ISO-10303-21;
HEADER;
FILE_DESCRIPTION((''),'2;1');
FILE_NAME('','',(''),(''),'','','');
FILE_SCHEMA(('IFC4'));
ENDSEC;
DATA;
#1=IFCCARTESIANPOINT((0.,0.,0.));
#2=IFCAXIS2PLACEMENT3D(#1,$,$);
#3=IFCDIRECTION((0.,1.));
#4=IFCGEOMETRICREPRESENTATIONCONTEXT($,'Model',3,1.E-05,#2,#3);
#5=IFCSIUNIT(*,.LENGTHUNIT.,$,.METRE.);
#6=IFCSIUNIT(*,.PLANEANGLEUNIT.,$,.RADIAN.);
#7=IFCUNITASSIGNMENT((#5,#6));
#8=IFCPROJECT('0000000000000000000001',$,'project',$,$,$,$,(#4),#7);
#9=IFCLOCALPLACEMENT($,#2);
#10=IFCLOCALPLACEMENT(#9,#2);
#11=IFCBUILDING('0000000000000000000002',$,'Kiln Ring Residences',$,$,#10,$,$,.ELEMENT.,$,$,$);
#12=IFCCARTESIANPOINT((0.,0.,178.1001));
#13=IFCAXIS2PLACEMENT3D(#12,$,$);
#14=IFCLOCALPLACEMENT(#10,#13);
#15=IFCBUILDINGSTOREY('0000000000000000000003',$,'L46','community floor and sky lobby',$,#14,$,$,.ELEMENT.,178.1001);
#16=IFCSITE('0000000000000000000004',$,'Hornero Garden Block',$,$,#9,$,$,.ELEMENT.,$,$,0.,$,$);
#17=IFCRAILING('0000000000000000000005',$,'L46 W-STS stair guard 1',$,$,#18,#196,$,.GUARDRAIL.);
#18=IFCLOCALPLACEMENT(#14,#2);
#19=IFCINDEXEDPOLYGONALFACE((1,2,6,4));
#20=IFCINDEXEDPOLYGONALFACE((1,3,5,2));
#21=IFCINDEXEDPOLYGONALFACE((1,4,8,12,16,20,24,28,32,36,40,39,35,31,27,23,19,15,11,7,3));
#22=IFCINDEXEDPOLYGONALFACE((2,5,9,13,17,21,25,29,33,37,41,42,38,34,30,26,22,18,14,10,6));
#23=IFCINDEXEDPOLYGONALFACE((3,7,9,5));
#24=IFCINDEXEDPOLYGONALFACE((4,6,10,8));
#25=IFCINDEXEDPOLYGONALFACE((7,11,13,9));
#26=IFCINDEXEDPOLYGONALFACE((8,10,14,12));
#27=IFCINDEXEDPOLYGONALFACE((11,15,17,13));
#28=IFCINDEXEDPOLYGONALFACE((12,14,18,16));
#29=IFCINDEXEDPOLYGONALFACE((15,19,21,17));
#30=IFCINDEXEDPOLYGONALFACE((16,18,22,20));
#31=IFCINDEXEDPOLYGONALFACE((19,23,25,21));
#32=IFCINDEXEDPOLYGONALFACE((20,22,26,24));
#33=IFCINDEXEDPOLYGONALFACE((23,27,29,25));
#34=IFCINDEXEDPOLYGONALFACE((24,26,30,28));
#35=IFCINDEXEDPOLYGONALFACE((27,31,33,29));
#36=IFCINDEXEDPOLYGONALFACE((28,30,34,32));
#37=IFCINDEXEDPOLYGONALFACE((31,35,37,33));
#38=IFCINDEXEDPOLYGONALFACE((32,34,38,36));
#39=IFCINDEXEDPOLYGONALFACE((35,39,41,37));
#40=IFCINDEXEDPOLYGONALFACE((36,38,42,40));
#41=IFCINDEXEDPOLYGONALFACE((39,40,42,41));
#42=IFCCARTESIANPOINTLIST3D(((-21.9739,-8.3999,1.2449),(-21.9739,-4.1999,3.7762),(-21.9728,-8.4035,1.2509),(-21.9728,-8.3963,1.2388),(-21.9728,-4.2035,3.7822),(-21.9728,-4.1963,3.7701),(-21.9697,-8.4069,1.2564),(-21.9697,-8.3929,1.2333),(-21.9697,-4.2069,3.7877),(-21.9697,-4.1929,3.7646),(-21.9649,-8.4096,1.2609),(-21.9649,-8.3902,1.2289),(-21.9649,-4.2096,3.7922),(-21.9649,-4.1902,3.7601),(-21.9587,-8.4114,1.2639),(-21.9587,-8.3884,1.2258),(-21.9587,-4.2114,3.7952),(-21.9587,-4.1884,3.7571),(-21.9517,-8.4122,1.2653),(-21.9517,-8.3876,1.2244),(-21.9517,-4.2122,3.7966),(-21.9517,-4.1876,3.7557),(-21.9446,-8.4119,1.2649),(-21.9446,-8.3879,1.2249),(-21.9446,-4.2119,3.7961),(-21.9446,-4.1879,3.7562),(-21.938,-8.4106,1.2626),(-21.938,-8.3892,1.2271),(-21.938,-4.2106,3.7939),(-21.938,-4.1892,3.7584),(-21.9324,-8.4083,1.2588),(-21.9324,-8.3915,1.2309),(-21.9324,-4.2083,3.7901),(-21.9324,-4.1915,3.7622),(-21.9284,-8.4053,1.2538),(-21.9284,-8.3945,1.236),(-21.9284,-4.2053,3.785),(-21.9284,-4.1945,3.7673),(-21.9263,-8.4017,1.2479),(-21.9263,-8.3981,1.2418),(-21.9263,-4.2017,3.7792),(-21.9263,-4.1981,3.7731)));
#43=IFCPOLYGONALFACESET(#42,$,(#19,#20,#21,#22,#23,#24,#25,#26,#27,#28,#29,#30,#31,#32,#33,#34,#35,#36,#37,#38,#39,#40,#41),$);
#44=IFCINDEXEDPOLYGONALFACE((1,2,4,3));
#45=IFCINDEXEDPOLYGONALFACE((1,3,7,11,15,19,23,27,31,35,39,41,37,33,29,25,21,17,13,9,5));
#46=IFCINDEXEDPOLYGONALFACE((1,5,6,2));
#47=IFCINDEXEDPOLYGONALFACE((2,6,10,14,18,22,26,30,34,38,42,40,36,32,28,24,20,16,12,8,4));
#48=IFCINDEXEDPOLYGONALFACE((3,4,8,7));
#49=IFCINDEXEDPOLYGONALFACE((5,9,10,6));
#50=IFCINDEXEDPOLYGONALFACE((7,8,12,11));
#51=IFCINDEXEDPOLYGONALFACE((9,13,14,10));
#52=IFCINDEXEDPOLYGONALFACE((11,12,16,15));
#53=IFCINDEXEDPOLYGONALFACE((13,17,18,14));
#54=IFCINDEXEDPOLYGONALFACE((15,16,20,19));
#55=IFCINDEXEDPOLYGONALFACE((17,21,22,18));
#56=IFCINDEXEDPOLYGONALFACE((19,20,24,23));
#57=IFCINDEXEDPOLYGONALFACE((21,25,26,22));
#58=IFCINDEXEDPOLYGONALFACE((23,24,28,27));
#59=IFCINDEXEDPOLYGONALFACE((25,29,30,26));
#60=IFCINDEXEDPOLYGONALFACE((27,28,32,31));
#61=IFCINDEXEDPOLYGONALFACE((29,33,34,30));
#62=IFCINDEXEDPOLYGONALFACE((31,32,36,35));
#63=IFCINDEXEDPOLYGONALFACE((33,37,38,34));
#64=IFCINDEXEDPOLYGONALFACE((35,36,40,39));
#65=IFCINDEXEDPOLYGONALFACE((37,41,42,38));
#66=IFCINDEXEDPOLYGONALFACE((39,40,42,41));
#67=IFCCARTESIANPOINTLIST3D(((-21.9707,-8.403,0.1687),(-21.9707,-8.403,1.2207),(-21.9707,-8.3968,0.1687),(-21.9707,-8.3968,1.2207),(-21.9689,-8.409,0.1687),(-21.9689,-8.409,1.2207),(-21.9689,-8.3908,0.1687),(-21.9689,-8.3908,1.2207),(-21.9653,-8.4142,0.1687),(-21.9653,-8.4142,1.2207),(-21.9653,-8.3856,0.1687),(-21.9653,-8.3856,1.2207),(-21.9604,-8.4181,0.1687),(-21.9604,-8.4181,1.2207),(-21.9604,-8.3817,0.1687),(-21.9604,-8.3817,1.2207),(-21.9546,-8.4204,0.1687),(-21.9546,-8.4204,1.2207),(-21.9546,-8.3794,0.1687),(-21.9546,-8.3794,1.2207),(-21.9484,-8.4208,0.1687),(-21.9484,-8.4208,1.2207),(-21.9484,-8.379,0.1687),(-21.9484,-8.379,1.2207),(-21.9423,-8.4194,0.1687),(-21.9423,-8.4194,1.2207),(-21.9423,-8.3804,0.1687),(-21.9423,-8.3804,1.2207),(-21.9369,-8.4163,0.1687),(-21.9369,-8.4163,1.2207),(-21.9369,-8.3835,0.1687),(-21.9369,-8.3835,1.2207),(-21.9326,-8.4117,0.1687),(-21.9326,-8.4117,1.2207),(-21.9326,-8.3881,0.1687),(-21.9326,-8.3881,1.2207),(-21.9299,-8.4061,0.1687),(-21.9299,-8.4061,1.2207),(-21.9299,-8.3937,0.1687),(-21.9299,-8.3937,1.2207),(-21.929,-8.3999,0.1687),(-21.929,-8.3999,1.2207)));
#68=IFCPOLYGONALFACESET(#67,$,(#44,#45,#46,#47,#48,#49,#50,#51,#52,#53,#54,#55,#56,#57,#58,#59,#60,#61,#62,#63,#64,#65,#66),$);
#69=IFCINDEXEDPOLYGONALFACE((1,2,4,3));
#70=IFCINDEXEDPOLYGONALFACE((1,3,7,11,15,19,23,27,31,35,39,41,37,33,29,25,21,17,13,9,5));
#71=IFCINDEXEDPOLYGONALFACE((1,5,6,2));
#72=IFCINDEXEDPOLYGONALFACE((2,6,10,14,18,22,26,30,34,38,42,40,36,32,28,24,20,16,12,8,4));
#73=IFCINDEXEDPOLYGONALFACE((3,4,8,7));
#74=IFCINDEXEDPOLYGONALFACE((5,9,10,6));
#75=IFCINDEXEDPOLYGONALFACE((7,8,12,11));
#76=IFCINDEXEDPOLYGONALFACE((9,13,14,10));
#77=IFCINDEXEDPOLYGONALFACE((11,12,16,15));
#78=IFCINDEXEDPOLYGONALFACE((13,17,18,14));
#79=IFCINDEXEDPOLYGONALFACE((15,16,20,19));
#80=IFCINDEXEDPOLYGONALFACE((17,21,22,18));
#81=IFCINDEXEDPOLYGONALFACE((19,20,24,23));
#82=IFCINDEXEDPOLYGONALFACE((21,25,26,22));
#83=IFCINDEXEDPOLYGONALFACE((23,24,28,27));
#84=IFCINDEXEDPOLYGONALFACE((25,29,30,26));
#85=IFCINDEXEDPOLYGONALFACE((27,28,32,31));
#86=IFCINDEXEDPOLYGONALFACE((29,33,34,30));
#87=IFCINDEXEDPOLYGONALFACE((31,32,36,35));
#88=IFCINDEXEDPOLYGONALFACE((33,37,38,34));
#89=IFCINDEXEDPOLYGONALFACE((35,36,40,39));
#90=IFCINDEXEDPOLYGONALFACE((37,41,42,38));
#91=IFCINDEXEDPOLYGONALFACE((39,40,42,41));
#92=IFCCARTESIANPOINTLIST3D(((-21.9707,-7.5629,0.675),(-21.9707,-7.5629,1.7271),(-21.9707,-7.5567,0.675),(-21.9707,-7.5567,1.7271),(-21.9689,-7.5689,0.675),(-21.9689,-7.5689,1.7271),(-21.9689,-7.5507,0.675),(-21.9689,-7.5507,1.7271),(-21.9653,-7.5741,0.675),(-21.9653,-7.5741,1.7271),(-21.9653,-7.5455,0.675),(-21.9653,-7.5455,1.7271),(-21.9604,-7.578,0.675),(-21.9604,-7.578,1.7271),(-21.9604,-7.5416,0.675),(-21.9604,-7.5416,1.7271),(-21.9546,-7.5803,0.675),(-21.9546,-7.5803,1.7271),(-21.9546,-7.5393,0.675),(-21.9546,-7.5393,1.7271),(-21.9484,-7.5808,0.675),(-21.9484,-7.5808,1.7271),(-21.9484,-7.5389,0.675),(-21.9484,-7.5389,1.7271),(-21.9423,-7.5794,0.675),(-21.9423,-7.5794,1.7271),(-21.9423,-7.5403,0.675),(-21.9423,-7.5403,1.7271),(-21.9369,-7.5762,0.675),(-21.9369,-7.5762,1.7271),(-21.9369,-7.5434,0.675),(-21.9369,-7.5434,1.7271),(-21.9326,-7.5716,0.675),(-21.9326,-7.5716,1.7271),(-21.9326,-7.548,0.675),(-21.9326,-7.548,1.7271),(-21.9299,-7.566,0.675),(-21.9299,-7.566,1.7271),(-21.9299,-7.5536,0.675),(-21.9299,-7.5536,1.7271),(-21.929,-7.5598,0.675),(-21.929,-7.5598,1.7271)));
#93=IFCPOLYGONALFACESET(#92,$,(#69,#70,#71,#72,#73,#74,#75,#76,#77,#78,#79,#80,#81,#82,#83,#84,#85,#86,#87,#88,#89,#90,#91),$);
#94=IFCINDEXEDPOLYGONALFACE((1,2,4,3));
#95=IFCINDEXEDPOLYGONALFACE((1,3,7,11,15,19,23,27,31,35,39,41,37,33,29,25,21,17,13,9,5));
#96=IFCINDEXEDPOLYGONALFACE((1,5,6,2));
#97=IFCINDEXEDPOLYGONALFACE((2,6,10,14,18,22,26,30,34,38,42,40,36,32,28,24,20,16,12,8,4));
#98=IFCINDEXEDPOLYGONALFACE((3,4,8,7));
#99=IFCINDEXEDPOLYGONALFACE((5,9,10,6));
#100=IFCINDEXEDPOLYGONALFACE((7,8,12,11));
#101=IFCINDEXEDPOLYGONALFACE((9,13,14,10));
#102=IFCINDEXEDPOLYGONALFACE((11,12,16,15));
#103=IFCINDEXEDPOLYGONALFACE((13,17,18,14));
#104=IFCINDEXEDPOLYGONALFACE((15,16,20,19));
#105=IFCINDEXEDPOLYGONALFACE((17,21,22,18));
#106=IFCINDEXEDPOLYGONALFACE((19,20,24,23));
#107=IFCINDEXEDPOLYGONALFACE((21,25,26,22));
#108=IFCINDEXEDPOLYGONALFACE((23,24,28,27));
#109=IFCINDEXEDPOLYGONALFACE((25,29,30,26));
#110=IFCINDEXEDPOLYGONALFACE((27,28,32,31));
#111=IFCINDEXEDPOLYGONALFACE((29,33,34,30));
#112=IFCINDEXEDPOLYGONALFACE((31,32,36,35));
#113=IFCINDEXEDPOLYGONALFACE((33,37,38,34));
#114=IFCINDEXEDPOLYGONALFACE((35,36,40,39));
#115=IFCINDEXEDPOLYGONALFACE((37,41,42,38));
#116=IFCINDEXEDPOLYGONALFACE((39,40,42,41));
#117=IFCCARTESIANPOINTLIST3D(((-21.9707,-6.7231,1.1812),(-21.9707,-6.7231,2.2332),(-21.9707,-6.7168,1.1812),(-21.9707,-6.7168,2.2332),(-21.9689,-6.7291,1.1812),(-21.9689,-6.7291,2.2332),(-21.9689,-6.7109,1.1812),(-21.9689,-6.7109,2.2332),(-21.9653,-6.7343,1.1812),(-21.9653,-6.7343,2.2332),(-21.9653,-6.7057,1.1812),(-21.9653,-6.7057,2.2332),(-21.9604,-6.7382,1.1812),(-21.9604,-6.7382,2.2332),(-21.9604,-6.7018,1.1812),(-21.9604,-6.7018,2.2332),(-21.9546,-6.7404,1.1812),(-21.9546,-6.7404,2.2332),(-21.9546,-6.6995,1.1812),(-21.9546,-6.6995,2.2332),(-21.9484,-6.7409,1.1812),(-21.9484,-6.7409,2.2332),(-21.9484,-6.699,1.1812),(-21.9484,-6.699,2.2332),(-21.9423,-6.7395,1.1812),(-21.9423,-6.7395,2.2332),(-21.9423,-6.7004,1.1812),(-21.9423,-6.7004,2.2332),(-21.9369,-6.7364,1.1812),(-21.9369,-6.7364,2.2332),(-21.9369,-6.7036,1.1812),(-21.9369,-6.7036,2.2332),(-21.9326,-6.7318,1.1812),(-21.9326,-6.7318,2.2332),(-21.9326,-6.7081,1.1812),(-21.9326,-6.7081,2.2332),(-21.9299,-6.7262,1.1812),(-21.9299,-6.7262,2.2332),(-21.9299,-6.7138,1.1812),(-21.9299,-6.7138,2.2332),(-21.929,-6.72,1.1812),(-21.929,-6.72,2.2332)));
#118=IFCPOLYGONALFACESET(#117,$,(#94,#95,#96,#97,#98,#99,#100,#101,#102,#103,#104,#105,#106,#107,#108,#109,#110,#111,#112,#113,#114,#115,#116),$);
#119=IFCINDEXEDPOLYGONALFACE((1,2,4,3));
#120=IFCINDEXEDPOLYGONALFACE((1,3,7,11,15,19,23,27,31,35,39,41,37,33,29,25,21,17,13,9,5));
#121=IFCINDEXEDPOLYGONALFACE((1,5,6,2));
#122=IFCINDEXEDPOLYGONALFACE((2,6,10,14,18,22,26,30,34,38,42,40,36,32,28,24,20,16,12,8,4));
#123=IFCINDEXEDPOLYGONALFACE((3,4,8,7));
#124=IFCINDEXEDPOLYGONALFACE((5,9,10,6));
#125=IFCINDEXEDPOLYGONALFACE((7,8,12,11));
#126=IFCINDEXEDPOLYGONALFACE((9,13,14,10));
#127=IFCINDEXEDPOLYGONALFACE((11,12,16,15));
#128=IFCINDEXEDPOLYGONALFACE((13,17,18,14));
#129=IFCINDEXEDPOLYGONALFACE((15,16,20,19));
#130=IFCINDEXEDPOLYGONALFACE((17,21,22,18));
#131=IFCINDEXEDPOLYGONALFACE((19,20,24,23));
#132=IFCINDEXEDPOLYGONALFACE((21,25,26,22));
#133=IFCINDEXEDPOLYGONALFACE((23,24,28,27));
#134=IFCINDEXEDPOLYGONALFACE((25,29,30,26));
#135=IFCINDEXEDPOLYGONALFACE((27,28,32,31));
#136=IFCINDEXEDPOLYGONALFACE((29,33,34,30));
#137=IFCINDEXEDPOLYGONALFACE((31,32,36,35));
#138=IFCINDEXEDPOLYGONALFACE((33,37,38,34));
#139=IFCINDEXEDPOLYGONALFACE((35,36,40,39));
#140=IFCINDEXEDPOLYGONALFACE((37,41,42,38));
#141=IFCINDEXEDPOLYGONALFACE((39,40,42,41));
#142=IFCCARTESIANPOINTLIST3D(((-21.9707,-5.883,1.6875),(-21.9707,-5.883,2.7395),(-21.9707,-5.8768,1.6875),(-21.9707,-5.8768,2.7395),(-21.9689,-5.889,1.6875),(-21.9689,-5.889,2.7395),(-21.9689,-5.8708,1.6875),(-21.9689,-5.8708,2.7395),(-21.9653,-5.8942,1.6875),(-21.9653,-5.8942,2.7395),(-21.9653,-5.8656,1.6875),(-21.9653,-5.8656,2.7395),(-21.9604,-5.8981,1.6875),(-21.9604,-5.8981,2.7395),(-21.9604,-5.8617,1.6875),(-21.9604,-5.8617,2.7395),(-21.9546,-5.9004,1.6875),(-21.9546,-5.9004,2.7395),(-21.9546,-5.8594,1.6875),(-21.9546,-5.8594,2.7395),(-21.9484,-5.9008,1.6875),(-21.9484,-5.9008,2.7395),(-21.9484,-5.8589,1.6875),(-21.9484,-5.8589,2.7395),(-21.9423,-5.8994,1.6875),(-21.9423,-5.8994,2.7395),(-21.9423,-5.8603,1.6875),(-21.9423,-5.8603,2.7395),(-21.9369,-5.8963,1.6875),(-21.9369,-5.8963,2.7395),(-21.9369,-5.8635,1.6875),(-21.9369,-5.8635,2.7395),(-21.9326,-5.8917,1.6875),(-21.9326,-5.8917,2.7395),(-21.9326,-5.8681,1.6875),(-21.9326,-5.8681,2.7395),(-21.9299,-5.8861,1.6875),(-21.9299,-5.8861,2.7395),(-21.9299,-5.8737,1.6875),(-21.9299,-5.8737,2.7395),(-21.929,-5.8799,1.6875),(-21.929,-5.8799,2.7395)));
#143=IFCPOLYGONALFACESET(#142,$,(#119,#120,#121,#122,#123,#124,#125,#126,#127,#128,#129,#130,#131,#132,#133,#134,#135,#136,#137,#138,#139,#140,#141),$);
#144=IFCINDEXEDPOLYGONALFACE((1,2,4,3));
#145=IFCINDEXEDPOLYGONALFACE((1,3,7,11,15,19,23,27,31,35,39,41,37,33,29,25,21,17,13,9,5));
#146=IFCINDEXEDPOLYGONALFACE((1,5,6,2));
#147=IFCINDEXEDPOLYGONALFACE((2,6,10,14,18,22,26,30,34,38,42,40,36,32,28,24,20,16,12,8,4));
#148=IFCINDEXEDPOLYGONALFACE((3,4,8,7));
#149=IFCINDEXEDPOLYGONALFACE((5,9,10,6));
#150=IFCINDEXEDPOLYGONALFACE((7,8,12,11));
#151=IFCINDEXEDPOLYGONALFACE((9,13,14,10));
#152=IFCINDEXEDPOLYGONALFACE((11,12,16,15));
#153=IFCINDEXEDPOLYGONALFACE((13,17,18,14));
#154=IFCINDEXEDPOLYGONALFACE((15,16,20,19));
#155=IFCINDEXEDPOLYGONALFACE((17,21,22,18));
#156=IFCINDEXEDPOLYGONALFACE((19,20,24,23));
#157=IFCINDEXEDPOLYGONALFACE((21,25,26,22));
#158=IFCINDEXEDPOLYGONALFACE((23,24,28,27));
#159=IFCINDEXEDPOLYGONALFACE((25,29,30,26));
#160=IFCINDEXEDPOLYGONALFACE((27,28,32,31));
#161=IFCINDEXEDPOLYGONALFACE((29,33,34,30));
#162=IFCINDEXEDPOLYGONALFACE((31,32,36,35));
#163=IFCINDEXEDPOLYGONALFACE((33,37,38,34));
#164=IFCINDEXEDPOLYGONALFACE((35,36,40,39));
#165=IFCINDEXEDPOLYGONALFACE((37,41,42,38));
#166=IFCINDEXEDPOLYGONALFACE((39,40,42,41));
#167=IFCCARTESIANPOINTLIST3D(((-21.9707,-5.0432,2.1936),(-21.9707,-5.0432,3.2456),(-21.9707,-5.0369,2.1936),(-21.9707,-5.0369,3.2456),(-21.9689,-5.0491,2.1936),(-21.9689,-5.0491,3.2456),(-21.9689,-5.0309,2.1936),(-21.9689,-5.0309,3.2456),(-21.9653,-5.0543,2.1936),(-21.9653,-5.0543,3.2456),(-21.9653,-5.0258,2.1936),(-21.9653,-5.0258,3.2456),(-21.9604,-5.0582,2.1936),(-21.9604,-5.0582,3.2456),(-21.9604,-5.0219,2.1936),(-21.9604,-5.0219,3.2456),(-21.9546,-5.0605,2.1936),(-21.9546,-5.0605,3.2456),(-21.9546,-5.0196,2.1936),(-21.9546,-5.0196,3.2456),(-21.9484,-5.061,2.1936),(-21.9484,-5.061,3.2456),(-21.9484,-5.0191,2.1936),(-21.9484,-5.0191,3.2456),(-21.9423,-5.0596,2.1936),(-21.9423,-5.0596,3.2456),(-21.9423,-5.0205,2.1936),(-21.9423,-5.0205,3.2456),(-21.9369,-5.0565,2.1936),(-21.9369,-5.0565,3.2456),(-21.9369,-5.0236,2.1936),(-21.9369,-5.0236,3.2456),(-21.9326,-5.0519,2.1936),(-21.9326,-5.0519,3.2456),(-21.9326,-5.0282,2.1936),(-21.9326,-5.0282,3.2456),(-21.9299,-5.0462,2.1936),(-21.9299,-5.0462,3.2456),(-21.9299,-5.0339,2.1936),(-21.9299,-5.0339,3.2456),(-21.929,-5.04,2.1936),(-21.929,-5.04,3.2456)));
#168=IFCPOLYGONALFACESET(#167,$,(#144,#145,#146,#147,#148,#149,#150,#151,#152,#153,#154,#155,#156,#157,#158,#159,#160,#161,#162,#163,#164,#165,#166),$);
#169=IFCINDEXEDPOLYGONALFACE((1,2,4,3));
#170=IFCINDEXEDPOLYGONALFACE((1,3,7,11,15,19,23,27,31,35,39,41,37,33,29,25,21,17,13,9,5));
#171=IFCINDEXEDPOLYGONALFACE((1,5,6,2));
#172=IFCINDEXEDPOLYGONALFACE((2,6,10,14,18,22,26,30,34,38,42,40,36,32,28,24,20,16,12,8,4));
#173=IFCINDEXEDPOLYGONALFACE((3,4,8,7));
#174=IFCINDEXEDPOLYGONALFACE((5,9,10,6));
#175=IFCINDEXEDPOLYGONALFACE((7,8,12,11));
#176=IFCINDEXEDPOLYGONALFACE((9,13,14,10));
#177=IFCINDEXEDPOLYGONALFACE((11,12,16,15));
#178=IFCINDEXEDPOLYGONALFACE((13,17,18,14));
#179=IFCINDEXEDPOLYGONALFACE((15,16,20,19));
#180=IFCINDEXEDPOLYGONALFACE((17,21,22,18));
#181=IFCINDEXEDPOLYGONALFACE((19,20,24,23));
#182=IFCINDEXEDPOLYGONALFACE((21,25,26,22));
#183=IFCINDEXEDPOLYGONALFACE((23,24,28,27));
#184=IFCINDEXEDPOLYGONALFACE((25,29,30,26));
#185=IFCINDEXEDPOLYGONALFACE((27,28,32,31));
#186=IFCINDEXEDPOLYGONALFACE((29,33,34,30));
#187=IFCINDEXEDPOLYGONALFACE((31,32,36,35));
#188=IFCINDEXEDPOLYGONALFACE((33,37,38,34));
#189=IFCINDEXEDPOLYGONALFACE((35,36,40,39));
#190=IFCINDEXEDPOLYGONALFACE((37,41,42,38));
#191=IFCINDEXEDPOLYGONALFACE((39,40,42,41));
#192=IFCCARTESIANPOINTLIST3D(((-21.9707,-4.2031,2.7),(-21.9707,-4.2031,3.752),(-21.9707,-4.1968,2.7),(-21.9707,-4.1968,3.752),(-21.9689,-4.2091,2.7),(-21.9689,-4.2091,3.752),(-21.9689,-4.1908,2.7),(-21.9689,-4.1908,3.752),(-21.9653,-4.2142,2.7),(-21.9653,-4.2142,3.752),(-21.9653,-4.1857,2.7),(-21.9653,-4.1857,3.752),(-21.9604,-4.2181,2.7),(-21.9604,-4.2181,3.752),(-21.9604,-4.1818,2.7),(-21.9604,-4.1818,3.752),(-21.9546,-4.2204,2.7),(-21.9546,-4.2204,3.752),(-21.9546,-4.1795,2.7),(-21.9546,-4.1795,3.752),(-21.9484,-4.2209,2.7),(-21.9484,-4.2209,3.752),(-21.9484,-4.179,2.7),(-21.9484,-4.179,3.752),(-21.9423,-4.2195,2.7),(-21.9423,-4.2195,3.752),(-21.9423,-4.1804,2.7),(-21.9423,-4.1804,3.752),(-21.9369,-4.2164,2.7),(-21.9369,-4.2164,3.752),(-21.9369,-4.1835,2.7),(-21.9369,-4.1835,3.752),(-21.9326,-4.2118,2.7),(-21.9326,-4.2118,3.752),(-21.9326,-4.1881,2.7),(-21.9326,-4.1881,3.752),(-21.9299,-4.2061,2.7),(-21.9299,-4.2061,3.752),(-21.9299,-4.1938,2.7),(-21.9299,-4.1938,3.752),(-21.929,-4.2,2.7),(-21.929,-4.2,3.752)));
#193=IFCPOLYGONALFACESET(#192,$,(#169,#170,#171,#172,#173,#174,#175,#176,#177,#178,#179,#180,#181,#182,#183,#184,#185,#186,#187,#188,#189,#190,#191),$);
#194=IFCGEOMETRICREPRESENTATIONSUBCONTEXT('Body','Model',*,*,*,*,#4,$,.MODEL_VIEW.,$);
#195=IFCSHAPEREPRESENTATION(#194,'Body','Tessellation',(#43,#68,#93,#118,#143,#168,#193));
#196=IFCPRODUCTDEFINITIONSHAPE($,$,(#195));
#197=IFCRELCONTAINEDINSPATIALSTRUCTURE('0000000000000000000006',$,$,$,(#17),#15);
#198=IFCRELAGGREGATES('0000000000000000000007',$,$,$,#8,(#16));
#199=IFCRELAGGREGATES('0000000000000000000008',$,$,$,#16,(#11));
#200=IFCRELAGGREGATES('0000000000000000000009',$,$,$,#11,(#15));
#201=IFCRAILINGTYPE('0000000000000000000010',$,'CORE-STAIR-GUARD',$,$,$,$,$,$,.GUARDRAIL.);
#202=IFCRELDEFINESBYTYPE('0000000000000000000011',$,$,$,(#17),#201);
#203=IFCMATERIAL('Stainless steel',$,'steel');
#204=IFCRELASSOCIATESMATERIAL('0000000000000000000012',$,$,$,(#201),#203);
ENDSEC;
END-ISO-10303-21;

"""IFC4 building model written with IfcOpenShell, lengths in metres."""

from ifc_helpers import new_model, si_unit, direction, frame, origin, origin_2d, place, context, subcontext, project, spatial, circle, extrude, material, type_object, element, save


model = new_model("IFC4")

# Units and contexts
model_context = context("Model", 3, precision=1e-05, world=origin(), true_north=direction((0.0, 1.0)))
body_context = subcontext(model_context, "Body", "Model", "MODEL_VIEW")
ifc_project = project(units=[si_unit("LENGTHUNIT", "METRE"), si_unit("PLANEANGLEUNIT", "RADIAN")], contexts=[model_context])

# Site, building, storey
site_placement = place(None, origin())
site = spatial("IfcSite", under=ifc_project, at=site_placement, Name="Hornero Garden Block", CompositionType="ELEMENT", RefElevation=0.0)
building_placement = place(site_placement, origin())
building = spatial("IfcBuilding", under=site, at=building_placement, Name="Kiln Ring Residences", CompositionType="ELEMENT")
storey_placement = place(building_placement, frame((0.0, 0.0, 178.1001)))
storey = spatial("IfcBuildingStorey", under=building, at=storey_placement, Name="L46", Description="community floor and sky lobby", CompositionType="ELEMENT", Elevation=178.1001)

# Railing
ifc_material_1 = material(Name="Stainless steel", Category="steel")
railing_type_1 = type_object("IfcRailingType", Name="CORE-STAIR-GUARD", PredefinedType="GUARDRAIL", material=ifc_material_1)
railing_1_placement = place(storey_placement, frame((-21.95, -8.3999, 0.1687)))
element("IfcRailing", 1, at=railing_1_placement, inside=storey, type_object=railing_type_1, Name="L46 W-STS stair guard 1", PredefinedType="GUARDRAIL", context=body_context, shape_type="SweptSolid", body=[
    extrude(circle(Radius=0.0239, at=origin_2d()), frame((0.0, 0.0, 1.0762), z_axis=(0.0, 0.856476, 0.516186), x_axis=(-1.0, 0.0, 0.0)), (0.0, 0.0, 1.0), 4.9038),
    extrude(circle(Radius=0.021, at=origin_2d()), origin(), (0.0, 0.0, 1.0), 1.052),
    extrude(circle(Radius=0.021, at=origin_2d()), frame((0.0, 0.8401, 0.5063)), (0.0, 0.0, 1.0), 1.052),
    extrude(circle(Radius=0.021, at=origin_2d()), frame((0.0, 1.6799, 1.0125)), (0.0, 0.0, 1.0), 1.052),
    extrude(circle(Radius=0.021, at=origin_2d()), frame((0.0, 2.52, 1.5188)), (0.0, 0.0, 1.0), 1.052),
    extrude(circle(Radius=0.021, at=origin_2d()), frame((0.0, 3.3599, 2.0249)), (0.0, 0.0, 1.0), 1.052),
    extrude(circle(Radius=0.021, at=origin_2d()), frame((0.0, 4.2, 2.5312)), (0.0, 0.0, 1.0), 1.052),
])

save(model, "model.ifc")
